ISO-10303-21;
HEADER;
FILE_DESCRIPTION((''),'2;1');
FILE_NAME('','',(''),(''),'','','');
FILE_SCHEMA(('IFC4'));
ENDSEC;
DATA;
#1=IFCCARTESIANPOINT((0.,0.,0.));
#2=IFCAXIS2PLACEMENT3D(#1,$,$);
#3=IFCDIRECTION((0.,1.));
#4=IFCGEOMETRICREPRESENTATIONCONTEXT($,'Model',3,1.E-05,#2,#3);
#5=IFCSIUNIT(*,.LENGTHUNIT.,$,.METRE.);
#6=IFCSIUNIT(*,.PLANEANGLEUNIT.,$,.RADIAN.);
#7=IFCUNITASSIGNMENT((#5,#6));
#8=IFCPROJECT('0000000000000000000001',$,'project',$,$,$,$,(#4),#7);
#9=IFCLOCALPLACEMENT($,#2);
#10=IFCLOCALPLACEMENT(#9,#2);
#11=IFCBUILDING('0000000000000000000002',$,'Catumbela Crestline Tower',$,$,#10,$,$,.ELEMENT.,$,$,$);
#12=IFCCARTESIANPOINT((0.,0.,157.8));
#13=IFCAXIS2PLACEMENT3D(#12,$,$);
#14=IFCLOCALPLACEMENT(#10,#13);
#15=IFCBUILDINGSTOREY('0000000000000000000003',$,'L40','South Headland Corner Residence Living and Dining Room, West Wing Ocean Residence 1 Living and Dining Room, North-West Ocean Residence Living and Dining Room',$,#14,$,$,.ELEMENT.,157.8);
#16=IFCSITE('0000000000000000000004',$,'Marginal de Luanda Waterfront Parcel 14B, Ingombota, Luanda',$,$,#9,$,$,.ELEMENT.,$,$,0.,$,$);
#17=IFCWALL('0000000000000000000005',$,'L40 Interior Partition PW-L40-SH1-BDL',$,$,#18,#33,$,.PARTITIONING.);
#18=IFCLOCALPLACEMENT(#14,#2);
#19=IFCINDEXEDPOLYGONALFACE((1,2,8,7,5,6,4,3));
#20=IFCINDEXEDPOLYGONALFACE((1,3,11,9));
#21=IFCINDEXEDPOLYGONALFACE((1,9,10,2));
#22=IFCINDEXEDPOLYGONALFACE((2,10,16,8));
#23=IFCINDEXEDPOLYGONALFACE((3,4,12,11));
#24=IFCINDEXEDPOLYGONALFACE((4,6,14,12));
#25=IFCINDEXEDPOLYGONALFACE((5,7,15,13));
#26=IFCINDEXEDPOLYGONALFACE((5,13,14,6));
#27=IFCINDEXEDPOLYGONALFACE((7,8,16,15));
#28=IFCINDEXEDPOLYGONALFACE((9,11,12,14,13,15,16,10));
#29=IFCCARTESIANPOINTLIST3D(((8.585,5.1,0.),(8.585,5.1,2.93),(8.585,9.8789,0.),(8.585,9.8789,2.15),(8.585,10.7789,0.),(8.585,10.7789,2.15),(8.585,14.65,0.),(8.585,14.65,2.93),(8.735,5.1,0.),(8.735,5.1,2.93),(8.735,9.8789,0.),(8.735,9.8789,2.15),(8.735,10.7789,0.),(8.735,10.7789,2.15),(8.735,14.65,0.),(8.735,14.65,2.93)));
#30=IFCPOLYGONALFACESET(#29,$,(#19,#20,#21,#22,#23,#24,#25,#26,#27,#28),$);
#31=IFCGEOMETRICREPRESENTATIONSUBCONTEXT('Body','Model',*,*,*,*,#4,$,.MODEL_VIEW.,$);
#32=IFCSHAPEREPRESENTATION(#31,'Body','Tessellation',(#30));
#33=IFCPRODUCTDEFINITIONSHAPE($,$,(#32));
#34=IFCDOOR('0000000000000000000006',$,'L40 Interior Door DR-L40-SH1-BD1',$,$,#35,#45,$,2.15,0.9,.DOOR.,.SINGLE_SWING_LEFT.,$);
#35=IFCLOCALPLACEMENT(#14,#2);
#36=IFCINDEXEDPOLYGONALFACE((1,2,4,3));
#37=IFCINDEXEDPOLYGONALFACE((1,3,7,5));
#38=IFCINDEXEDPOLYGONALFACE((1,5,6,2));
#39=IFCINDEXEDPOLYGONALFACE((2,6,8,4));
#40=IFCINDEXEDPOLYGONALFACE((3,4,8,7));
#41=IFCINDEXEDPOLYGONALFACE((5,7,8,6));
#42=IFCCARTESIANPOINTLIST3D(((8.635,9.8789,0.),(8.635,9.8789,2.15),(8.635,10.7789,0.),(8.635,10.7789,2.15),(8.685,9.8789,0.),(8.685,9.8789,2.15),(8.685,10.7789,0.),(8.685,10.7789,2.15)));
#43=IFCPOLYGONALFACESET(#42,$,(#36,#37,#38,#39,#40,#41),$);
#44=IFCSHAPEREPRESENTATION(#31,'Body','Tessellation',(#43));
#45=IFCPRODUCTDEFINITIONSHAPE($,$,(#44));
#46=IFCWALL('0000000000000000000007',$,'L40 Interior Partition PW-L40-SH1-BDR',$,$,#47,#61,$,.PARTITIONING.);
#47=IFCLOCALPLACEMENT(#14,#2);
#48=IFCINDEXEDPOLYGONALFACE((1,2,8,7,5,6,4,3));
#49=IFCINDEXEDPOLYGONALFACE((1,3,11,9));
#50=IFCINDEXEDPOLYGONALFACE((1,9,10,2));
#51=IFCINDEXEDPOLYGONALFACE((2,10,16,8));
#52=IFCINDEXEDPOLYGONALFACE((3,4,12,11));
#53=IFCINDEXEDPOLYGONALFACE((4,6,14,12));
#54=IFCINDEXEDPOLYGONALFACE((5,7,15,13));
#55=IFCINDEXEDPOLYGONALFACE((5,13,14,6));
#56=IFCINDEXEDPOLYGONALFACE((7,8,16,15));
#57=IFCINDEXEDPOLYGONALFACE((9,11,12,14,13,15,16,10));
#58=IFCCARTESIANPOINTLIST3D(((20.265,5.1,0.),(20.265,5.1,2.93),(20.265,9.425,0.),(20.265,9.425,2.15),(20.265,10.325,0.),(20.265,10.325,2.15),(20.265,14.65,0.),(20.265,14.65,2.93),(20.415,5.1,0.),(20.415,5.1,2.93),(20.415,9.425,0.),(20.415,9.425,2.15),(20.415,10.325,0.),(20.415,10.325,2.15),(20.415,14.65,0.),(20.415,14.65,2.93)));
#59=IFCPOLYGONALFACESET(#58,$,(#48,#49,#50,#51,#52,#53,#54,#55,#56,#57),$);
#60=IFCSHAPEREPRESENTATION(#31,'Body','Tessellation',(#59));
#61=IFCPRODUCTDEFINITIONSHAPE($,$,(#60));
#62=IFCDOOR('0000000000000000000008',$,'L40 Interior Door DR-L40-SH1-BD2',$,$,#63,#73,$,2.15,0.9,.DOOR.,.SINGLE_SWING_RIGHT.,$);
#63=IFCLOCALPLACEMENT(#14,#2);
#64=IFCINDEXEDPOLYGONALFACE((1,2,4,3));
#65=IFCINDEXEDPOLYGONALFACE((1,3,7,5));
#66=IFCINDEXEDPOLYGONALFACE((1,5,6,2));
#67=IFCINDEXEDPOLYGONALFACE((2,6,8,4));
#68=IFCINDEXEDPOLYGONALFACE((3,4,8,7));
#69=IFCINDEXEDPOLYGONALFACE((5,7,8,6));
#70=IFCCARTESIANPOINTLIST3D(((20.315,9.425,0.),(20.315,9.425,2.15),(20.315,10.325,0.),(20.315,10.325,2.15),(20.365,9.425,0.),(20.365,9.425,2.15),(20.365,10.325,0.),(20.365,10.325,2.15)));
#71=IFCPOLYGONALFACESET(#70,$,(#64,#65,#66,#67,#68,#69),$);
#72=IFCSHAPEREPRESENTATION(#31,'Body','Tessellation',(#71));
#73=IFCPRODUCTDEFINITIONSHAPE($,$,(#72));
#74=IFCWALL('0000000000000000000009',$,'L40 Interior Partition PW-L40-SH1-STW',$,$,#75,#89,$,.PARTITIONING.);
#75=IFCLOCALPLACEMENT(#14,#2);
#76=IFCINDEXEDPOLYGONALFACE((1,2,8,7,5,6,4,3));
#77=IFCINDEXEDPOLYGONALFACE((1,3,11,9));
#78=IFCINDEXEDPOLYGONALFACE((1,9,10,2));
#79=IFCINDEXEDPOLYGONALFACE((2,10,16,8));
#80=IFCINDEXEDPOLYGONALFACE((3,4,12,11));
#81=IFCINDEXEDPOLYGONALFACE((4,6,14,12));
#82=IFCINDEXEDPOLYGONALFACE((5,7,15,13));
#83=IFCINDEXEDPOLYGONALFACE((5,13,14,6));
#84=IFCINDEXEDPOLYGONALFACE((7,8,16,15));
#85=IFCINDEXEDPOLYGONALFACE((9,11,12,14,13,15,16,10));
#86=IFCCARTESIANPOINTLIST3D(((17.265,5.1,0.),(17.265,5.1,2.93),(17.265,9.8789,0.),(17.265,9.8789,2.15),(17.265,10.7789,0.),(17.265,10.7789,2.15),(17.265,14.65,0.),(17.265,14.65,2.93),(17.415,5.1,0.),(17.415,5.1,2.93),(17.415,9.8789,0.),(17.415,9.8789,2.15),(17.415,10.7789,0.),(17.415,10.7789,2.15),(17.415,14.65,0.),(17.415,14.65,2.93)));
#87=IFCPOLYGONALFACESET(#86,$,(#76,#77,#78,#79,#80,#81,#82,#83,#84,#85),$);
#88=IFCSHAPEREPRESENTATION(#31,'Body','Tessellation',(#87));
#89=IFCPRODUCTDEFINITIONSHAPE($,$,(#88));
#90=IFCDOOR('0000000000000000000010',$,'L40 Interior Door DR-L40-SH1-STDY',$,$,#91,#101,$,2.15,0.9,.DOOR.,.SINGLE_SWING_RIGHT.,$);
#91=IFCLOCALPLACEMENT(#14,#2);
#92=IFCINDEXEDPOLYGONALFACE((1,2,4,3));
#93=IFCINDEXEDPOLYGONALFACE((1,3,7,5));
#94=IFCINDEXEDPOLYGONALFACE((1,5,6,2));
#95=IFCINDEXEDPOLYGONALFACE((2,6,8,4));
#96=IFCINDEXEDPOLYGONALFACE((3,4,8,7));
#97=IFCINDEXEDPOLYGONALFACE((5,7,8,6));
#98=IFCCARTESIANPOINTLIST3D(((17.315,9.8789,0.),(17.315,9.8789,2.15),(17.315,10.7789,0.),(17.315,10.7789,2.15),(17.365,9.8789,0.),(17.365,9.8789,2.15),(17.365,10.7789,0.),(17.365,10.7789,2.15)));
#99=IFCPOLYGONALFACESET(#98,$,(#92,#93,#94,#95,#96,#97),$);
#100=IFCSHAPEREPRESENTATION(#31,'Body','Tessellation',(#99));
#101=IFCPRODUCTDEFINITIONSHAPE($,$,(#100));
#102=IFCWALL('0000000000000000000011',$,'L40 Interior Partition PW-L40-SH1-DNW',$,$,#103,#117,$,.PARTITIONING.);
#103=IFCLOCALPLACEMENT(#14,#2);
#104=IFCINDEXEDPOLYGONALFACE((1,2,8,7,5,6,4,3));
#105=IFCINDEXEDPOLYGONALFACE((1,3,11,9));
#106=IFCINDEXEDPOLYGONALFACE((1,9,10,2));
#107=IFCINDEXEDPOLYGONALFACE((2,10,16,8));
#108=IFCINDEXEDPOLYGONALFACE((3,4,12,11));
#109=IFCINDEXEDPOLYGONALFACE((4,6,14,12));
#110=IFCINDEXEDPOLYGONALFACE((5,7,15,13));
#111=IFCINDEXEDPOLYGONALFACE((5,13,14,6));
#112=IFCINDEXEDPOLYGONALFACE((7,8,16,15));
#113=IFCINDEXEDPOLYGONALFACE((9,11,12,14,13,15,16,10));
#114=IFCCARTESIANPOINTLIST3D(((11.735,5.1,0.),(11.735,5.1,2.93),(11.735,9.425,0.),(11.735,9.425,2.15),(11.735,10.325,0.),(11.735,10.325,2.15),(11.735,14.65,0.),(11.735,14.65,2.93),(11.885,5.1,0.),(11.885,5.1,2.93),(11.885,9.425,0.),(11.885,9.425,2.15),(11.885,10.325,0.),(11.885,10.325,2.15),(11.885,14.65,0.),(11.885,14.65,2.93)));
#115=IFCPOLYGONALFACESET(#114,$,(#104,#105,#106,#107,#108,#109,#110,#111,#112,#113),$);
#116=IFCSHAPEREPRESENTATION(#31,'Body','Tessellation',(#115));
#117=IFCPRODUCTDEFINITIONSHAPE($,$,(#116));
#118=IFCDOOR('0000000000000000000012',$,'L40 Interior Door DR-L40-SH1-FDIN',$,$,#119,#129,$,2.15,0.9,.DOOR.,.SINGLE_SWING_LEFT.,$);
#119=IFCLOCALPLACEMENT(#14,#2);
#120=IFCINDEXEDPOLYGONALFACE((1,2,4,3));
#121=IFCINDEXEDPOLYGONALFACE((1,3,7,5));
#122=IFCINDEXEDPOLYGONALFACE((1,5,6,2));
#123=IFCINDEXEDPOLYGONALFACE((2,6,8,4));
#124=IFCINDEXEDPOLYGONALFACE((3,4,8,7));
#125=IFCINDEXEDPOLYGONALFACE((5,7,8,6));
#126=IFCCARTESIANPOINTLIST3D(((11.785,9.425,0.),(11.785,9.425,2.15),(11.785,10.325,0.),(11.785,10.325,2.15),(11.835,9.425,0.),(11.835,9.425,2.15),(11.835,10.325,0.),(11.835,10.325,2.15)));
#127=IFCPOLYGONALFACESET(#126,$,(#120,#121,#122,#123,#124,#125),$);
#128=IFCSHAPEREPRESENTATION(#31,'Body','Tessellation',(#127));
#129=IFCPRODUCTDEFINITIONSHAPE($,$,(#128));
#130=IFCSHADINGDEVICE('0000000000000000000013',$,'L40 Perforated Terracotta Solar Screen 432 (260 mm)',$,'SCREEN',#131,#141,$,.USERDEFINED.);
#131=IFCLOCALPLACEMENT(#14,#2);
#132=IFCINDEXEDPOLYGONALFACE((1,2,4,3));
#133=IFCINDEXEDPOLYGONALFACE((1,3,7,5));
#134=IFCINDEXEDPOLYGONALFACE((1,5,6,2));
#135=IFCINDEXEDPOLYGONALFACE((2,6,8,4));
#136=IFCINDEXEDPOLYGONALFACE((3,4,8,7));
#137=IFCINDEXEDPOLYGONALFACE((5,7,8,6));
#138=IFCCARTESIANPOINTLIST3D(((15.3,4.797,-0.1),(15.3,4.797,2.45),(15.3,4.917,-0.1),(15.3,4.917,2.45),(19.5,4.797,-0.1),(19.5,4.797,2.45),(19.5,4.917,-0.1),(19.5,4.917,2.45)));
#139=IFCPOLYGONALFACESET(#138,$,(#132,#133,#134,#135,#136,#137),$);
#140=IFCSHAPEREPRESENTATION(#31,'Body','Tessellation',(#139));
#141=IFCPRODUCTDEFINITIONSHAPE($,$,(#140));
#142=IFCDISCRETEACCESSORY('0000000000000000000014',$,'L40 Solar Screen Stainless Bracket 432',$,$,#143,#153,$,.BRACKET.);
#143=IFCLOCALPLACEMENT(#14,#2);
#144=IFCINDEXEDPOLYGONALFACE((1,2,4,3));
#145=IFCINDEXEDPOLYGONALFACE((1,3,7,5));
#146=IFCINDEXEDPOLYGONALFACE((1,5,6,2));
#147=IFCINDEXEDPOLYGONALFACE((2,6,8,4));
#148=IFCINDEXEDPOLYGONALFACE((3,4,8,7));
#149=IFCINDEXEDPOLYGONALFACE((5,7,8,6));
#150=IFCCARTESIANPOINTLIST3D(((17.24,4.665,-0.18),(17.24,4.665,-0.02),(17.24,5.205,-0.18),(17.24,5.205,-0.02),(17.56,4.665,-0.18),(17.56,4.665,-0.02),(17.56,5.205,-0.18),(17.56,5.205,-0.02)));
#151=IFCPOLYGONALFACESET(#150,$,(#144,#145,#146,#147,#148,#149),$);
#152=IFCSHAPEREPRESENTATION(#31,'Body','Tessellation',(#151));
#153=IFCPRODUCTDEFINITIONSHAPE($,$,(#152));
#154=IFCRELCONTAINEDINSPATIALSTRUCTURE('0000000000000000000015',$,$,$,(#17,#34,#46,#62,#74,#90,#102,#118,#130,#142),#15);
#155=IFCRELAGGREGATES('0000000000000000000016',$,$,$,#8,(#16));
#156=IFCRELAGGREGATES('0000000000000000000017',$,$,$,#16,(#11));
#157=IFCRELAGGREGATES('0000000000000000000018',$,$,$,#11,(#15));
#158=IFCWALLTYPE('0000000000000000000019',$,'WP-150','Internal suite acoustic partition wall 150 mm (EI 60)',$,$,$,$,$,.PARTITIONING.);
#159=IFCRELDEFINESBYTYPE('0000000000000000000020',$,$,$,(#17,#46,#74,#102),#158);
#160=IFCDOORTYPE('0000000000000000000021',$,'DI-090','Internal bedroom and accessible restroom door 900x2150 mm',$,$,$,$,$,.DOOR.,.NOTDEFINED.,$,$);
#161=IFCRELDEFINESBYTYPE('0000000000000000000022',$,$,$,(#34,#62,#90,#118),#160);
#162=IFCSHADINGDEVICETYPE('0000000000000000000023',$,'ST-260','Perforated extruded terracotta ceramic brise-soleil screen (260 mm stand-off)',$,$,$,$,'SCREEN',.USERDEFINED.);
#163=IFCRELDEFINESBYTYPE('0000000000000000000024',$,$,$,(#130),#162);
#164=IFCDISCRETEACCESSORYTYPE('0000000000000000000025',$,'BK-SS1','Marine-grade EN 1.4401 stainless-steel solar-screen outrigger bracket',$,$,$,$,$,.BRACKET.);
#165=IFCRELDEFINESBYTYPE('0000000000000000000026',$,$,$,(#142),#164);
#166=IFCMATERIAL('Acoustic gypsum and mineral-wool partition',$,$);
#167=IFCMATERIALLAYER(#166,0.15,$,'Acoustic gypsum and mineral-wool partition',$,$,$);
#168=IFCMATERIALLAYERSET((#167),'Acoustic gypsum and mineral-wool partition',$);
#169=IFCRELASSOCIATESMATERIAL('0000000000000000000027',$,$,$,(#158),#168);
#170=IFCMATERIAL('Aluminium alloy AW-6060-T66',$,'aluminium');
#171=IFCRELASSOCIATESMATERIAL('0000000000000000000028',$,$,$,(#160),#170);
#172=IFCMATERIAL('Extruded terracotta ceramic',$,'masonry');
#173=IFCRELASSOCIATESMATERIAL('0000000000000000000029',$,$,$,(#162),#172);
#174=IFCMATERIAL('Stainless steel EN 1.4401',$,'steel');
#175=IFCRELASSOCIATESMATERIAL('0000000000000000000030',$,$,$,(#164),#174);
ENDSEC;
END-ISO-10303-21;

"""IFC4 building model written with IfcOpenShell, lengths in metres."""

from ifc_helpers import new_model, si_unit, direction, frame, frame_2d, origin, origin_2d, place, context, subcontext, project, spatial, rectangle, extrude, material, layer, layer_set, type_object, element, fill, save


model = new_model("IFC4")

# Units and contexts
model_context = context("Model", 3, precision=1e-05, world=origin(), true_north=direction((0.0, 1.0)))
body_context = subcontext(model_context, "Body", "Model", "MODEL_VIEW")
ifc_project = project(units=[si_unit("LENGTHUNIT", "METRE"), si_unit("PLANEANGLEUNIT", "RADIAN")], contexts=[model_context])

# Site, building, storey
site_placement = place(None, origin())
site = spatial("IfcSite", under=ifc_project, at=site_placement, Name="Marginal de Luanda Waterfront Parcel 14B, Ingombota, Luanda", CompositionType="ELEMENT", RefElevation=0.0)
building_placement = place(site_placement, origin())
building = spatial("IfcBuilding", under=site, at=building_placement, Name="Catumbela Crestline Tower", CompositionType="ELEMENT")
storey_placement = place(building_placement, frame((0.0, 0.0, 157.8)))
storey = spatial("IfcBuildingStorey", under=building, at=storey_placement, Name="L40", Description="South Headland Corner Residence Living and Dining Room, West Wing Ocean Residence 1 Living and Dining Room, North-West Ocean Residence Living and Dining Room", CompositionType="ELEMENT", Elevation=157.8)

# Shared definitions
ifc_material_1 = material(Name="Aluminium alloy AW-6060-T66", Category="aluminium")

# Walls, openings, doors
ifc_material_2 = material(Name="Acoustic gypsum and mineral-wool partition")
ifc_layer_1 = layer(ifc_material_2, 0.15, Name="Acoustic gypsum and mineral-wool partition")
ifc_layer_set_1 = layer_set([ifc_layer_1], Name="Acoustic gypsum and mineral-wool partition")
wall_type_1 = type_object("IfcWallType", Name="WP-150", Description="Internal suite acoustic partition wall 150 mm (EI 60)", PredefinedType="PARTITIONING", material=ifc_layer_set_1)
wall_1_placement = place(storey_placement, frame((8.66, 5.1, 0.0), z_axis=(0.0, 0.0, 1.0), x_axis=(0.0, 1.0, 0.0)))
wall_1 = element("IfcWall", 1, at=wall_1_placement, inside=storey, type_object=wall_type_1, Name="L40 Interior Partition PW-L40-SH1-BDL", PredefinedType="PARTITIONING", context=body_context, shape_type="SweptSolid", body=[
    extrude(rectangle(XDim=9.55, YDim=0.15, at=frame_2d((4.775, 0.0))), origin(), (0.0, 0.0, 1.0), 2.93),
])
opening_1_placement = place(wall_1_placement, frame((4.7789, 0.0, 0.0)))
opening_1 = element("IfcOpeningElement", 2, at=opening_1_placement, cuts=wall_1, PredefinedType="OPENING", context=body_context, shape_type="SweptSolid", body=[
    extrude(rectangle(XDim=0.9, YDim=2.15, at=frame_2d((0.45, 1.075))), frame((0.0, 0.085, 0.0), z_axis=(0.0, -1.0, 0.0), x_axis=(1.0, 0.0, 0.0)), (0.0, 0.0, 1.0), 0.17),
])
door_type_1 = type_object("IfcDoorType", Name="DI-090", Description="Internal bedroom and accessible restroom door 900x2150 mm", OperationType="NOTDEFINED", PredefinedType="DOOR", material=ifc_material_1)
door_1_placement = place(opening_1_placement, origin())
door_1 = element("IfcDoor", 3, at=door_1_placement, inside=storey, type_object=door_type_1, Name="L40 Interior Door DR-L40-SH1-BD1", OperationType="SINGLE_SWING_LEFT", OverallHeight=2.15, OverallWidth=0.9, PredefinedType="DOOR", context=body_context, shape_type="SweptSolid", body=[
    extrude(rectangle(XDim=0.9, YDim=2.15, at=frame_2d((0.45, 1.075))), frame((0.0, 0.025, 0.0), z_axis=(0.0, -1.0, 0.0), x_axis=(1.0, 0.0, 0.0)), (0.0, 0.0, 1.0), 0.05),
])
fill(opening_1, door_1)
wall_2_placement = place(storey_placement, frame((20.34, 5.1, 0.0), z_axis=(0.0, 0.0, 1.0), x_axis=(0.0, 1.0, 0.0)))
wall_2 = element("IfcWall", 4, at=wall_2_placement, inside=storey, type_object=wall_type_1, Name="L40 Interior Partition PW-L40-SH1-BDR", PredefinedType="PARTITIONING", context=body_context, shape_type="SweptSolid", body=[
    extrude(rectangle(XDim=9.55, YDim=0.15, at=frame_2d((4.775, 0.0))), origin(), (0.0, 0.0, 1.0), 2.93),
])
opening_2_placement = place(wall_2_placement, frame((4.325, 0.0, 0.0)))
opening_2 = element("IfcOpeningElement", 5, at=opening_2_placement, cuts=wall_2, PredefinedType="OPENING", context=body_context, shape_type="SweptSolid", body=[
    extrude(rectangle(XDim=0.9, YDim=2.15, at=frame_2d((0.45, 1.075))), frame((0.0, 0.085, 0.0), z_axis=(0.0, -1.0, 0.0), x_axis=(1.0, 0.0, 0.0)), (0.0, 0.0, 1.0), 0.17),
])
door_2_placement = place(opening_2_placement, origin())
door_2 = element("IfcDoor", 6, at=door_2_placement, inside=storey, type_object=door_type_1, Name="L40 Interior Door DR-L40-SH1-BD2", OperationType="SINGLE_SWING_RIGHT", OverallHeight=2.15, OverallWidth=0.9, PredefinedType="DOOR", context=body_context, shape_type="SweptSolid", body=[
    extrude(rectangle(XDim=0.9, YDim=2.15, at=frame_2d((0.45, 1.075))), frame((0.0, 0.025, 0.0), z_axis=(0.0, -1.0, 0.0), x_axis=(1.0, 0.0, 0.0)), (0.0, 0.0, 1.0), 0.05),
])
fill(opening_2, door_2)
wall_3_placement = place(storey_placement, frame((17.34, 5.1, 0.0), z_axis=(0.0, 0.0, 1.0), x_axis=(0.0, 1.0, 0.0)))
wall_3 = element("IfcWall", 7, at=wall_3_placement, inside=storey, type_object=wall_type_1, Name="L40 Interior Partition PW-L40-SH1-STW", PredefinedType="PARTITIONING", context=body_context, shape_type="SweptSolid", body=[
    extrude(rectangle(XDim=9.55, YDim=0.15, at=frame_2d((4.775, 0.0))), origin(), (0.0, 0.0, 1.0), 2.93),
])
opening_3_placement = place(wall_3_placement, frame((4.7789, 0.0, 0.0)))
opening_3 = element("IfcOpeningElement", 8, at=opening_3_placement, cuts=wall_3, PredefinedType="OPENING", context=body_context, shape_type="SweptSolid", body=[
    extrude(rectangle(XDim=0.9, YDim=2.15, at=frame_2d((0.45, 1.075))), frame((0.0, 0.085, 0.0), z_axis=(0.0, -1.0, 0.0), x_axis=(1.0, 0.0, 0.0)), (0.0, 0.0, 1.0), 0.17),
])
door_3_placement = place(opening_3_placement, origin())
door_3 = element("IfcDoor", 9, at=door_3_placement, inside=storey, type_object=door_type_1, Name="L40 Interior Door DR-L40-SH1-STDY", OperationType="SINGLE_SWING_RIGHT", OverallHeight=2.15, OverallWidth=0.9, PredefinedType="DOOR", context=body_context, shape_type="SweptSolid", body=[
    extrude(rectangle(XDim=0.9, YDim=2.15, at=frame_2d((0.45, 1.075))), frame((0.0, 0.025, 0.0), z_axis=(0.0, -1.0, 0.0), x_axis=(1.0, 0.0, 0.0)), (0.0, 0.0, 1.0), 0.05),
])
fill(opening_3, door_3)
wall_4_placement = place(storey_placement, frame((11.81, 5.1, 0.0), z_axis=(0.0, 0.0, 1.0), x_axis=(0.0, 1.0, 0.0)))
wall_4 = element("IfcWall", 10, at=wall_4_placement, inside=storey, type_object=wall_type_1, Name="L40 Interior Partition PW-L40-SH1-DNW", PredefinedType="PARTITIONING", context=body_context, shape_type="SweptSolid", body=[
    extrude(rectangle(XDim=9.55, YDim=0.15, at=frame_2d((4.775, 0.0))), origin(), (0.0, 0.0, 1.0), 2.93),
])
opening_4_placement = place(wall_4_placement, frame((4.325, 0.0, 0.0)))
opening_4 = element("IfcOpeningElement", 11, at=opening_4_placement, cuts=wall_4, PredefinedType="OPENING", context=body_context, shape_type="SweptSolid", body=[
    extrude(rectangle(XDim=0.9, YDim=2.15, at=frame_2d((0.45, 1.075))), frame((0.0, 0.085, 0.0), z_axis=(0.0, -1.0, 0.0), x_axis=(1.0, 0.0, 0.0)), (0.0, 0.0, 1.0), 0.17),
])
door_4_placement = place(opening_4_placement, origin())
door_4 = element("IfcDoor", 12, at=door_4_placement, inside=storey, type_object=door_type_1, Name="L40 Interior Door DR-L40-SH1-FDIN", OperationType="SINGLE_SWING_LEFT", OverallHeight=2.15, OverallWidth=0.9, PredefinedType="DOOR", context=body_context, shape_type="SweptSolid", body=[
    extrude(rectangle(XDim=0.9, YDim=2.15, at=frame_2d((0.45, 1.075))), frame((0.0, 0.025, 0.0), z_axis=(0.0, -1.0, 0.0), x_axis=(1.0, 0.0, 0.0)), (0.0, 0.0, 1.0), 0.05),
])
fill(opening_4, door_4)

# Shared definitions
ifc_material_3 = material(Name="Stainless steel EN 1.4401", Category="steel")

# Shading device
ifc_material_4 = material(Name="Extruded terracotta ceramic", Category="masonry")
shading_device_type = type_object("IfcShadingDeviceType", Name="ST-260", Description="Perforated extruded terracotta ceramic brise-soleil screen (260 mm stand-off)", ElementType="SCREEN", PredefinedType="USERDEFINED", material=ifc_material_4)
shading_device_placement = place(storey_placement, frame((17.4, 4.857, -0.1), z_axis=(0.0, 0.0, 1.0), x_axis=(1.0, 0.0, 0.0)))
element("IfcShadingDevice", 13, at=shading_device_placement, inside=storey, type_object=shading_device_type, Name="L40 Perforated Terracotta Solar Screen 432 (260 mm)", ObjectType="SCREEN", PredefinedType="USERDEFINED", context=body_context, shape_type="SweptSolid", body=[
    extrude(rectangle(XDim=4.2, YDim=0.12, at=origin_2d()), origin(), (0.0, 0.0, 1.0), 2.55),
])

# Discrete accessory
discrete_accessory_type = type_object("IfcDiscreteAccessoryType", Name="BK-SS1", Description="Marine-grade EN 1.4401 stainless-steel solar-screen outrigger bracket", PredefinedType="BRACKET", material=ifc_material_3)
discrete_accessory_placement = place(storey_placement, frame((17.4, 4.935, -0.18), z_axis=(0.0, 0.0, 1.0), x_axis=(1.0, 0.0, 0.0)))
element("IfcDiscreteAccessory", 14, at=discrete_accessory_placement, inside=storey, type_object=discrete_accessory_type, Name="L40 Solar Screen Stainless Bracket 432", PredefinedType="BRACKET", context=body_context, shape_type="SweptSolid", body=[
    extrude(rectangle(XDim=0.32, YDim=0.54, at=origin_2d()), origin(), (0.0, 0.0, 1.0), 0.16),
])

save(model, "model.ifc")
